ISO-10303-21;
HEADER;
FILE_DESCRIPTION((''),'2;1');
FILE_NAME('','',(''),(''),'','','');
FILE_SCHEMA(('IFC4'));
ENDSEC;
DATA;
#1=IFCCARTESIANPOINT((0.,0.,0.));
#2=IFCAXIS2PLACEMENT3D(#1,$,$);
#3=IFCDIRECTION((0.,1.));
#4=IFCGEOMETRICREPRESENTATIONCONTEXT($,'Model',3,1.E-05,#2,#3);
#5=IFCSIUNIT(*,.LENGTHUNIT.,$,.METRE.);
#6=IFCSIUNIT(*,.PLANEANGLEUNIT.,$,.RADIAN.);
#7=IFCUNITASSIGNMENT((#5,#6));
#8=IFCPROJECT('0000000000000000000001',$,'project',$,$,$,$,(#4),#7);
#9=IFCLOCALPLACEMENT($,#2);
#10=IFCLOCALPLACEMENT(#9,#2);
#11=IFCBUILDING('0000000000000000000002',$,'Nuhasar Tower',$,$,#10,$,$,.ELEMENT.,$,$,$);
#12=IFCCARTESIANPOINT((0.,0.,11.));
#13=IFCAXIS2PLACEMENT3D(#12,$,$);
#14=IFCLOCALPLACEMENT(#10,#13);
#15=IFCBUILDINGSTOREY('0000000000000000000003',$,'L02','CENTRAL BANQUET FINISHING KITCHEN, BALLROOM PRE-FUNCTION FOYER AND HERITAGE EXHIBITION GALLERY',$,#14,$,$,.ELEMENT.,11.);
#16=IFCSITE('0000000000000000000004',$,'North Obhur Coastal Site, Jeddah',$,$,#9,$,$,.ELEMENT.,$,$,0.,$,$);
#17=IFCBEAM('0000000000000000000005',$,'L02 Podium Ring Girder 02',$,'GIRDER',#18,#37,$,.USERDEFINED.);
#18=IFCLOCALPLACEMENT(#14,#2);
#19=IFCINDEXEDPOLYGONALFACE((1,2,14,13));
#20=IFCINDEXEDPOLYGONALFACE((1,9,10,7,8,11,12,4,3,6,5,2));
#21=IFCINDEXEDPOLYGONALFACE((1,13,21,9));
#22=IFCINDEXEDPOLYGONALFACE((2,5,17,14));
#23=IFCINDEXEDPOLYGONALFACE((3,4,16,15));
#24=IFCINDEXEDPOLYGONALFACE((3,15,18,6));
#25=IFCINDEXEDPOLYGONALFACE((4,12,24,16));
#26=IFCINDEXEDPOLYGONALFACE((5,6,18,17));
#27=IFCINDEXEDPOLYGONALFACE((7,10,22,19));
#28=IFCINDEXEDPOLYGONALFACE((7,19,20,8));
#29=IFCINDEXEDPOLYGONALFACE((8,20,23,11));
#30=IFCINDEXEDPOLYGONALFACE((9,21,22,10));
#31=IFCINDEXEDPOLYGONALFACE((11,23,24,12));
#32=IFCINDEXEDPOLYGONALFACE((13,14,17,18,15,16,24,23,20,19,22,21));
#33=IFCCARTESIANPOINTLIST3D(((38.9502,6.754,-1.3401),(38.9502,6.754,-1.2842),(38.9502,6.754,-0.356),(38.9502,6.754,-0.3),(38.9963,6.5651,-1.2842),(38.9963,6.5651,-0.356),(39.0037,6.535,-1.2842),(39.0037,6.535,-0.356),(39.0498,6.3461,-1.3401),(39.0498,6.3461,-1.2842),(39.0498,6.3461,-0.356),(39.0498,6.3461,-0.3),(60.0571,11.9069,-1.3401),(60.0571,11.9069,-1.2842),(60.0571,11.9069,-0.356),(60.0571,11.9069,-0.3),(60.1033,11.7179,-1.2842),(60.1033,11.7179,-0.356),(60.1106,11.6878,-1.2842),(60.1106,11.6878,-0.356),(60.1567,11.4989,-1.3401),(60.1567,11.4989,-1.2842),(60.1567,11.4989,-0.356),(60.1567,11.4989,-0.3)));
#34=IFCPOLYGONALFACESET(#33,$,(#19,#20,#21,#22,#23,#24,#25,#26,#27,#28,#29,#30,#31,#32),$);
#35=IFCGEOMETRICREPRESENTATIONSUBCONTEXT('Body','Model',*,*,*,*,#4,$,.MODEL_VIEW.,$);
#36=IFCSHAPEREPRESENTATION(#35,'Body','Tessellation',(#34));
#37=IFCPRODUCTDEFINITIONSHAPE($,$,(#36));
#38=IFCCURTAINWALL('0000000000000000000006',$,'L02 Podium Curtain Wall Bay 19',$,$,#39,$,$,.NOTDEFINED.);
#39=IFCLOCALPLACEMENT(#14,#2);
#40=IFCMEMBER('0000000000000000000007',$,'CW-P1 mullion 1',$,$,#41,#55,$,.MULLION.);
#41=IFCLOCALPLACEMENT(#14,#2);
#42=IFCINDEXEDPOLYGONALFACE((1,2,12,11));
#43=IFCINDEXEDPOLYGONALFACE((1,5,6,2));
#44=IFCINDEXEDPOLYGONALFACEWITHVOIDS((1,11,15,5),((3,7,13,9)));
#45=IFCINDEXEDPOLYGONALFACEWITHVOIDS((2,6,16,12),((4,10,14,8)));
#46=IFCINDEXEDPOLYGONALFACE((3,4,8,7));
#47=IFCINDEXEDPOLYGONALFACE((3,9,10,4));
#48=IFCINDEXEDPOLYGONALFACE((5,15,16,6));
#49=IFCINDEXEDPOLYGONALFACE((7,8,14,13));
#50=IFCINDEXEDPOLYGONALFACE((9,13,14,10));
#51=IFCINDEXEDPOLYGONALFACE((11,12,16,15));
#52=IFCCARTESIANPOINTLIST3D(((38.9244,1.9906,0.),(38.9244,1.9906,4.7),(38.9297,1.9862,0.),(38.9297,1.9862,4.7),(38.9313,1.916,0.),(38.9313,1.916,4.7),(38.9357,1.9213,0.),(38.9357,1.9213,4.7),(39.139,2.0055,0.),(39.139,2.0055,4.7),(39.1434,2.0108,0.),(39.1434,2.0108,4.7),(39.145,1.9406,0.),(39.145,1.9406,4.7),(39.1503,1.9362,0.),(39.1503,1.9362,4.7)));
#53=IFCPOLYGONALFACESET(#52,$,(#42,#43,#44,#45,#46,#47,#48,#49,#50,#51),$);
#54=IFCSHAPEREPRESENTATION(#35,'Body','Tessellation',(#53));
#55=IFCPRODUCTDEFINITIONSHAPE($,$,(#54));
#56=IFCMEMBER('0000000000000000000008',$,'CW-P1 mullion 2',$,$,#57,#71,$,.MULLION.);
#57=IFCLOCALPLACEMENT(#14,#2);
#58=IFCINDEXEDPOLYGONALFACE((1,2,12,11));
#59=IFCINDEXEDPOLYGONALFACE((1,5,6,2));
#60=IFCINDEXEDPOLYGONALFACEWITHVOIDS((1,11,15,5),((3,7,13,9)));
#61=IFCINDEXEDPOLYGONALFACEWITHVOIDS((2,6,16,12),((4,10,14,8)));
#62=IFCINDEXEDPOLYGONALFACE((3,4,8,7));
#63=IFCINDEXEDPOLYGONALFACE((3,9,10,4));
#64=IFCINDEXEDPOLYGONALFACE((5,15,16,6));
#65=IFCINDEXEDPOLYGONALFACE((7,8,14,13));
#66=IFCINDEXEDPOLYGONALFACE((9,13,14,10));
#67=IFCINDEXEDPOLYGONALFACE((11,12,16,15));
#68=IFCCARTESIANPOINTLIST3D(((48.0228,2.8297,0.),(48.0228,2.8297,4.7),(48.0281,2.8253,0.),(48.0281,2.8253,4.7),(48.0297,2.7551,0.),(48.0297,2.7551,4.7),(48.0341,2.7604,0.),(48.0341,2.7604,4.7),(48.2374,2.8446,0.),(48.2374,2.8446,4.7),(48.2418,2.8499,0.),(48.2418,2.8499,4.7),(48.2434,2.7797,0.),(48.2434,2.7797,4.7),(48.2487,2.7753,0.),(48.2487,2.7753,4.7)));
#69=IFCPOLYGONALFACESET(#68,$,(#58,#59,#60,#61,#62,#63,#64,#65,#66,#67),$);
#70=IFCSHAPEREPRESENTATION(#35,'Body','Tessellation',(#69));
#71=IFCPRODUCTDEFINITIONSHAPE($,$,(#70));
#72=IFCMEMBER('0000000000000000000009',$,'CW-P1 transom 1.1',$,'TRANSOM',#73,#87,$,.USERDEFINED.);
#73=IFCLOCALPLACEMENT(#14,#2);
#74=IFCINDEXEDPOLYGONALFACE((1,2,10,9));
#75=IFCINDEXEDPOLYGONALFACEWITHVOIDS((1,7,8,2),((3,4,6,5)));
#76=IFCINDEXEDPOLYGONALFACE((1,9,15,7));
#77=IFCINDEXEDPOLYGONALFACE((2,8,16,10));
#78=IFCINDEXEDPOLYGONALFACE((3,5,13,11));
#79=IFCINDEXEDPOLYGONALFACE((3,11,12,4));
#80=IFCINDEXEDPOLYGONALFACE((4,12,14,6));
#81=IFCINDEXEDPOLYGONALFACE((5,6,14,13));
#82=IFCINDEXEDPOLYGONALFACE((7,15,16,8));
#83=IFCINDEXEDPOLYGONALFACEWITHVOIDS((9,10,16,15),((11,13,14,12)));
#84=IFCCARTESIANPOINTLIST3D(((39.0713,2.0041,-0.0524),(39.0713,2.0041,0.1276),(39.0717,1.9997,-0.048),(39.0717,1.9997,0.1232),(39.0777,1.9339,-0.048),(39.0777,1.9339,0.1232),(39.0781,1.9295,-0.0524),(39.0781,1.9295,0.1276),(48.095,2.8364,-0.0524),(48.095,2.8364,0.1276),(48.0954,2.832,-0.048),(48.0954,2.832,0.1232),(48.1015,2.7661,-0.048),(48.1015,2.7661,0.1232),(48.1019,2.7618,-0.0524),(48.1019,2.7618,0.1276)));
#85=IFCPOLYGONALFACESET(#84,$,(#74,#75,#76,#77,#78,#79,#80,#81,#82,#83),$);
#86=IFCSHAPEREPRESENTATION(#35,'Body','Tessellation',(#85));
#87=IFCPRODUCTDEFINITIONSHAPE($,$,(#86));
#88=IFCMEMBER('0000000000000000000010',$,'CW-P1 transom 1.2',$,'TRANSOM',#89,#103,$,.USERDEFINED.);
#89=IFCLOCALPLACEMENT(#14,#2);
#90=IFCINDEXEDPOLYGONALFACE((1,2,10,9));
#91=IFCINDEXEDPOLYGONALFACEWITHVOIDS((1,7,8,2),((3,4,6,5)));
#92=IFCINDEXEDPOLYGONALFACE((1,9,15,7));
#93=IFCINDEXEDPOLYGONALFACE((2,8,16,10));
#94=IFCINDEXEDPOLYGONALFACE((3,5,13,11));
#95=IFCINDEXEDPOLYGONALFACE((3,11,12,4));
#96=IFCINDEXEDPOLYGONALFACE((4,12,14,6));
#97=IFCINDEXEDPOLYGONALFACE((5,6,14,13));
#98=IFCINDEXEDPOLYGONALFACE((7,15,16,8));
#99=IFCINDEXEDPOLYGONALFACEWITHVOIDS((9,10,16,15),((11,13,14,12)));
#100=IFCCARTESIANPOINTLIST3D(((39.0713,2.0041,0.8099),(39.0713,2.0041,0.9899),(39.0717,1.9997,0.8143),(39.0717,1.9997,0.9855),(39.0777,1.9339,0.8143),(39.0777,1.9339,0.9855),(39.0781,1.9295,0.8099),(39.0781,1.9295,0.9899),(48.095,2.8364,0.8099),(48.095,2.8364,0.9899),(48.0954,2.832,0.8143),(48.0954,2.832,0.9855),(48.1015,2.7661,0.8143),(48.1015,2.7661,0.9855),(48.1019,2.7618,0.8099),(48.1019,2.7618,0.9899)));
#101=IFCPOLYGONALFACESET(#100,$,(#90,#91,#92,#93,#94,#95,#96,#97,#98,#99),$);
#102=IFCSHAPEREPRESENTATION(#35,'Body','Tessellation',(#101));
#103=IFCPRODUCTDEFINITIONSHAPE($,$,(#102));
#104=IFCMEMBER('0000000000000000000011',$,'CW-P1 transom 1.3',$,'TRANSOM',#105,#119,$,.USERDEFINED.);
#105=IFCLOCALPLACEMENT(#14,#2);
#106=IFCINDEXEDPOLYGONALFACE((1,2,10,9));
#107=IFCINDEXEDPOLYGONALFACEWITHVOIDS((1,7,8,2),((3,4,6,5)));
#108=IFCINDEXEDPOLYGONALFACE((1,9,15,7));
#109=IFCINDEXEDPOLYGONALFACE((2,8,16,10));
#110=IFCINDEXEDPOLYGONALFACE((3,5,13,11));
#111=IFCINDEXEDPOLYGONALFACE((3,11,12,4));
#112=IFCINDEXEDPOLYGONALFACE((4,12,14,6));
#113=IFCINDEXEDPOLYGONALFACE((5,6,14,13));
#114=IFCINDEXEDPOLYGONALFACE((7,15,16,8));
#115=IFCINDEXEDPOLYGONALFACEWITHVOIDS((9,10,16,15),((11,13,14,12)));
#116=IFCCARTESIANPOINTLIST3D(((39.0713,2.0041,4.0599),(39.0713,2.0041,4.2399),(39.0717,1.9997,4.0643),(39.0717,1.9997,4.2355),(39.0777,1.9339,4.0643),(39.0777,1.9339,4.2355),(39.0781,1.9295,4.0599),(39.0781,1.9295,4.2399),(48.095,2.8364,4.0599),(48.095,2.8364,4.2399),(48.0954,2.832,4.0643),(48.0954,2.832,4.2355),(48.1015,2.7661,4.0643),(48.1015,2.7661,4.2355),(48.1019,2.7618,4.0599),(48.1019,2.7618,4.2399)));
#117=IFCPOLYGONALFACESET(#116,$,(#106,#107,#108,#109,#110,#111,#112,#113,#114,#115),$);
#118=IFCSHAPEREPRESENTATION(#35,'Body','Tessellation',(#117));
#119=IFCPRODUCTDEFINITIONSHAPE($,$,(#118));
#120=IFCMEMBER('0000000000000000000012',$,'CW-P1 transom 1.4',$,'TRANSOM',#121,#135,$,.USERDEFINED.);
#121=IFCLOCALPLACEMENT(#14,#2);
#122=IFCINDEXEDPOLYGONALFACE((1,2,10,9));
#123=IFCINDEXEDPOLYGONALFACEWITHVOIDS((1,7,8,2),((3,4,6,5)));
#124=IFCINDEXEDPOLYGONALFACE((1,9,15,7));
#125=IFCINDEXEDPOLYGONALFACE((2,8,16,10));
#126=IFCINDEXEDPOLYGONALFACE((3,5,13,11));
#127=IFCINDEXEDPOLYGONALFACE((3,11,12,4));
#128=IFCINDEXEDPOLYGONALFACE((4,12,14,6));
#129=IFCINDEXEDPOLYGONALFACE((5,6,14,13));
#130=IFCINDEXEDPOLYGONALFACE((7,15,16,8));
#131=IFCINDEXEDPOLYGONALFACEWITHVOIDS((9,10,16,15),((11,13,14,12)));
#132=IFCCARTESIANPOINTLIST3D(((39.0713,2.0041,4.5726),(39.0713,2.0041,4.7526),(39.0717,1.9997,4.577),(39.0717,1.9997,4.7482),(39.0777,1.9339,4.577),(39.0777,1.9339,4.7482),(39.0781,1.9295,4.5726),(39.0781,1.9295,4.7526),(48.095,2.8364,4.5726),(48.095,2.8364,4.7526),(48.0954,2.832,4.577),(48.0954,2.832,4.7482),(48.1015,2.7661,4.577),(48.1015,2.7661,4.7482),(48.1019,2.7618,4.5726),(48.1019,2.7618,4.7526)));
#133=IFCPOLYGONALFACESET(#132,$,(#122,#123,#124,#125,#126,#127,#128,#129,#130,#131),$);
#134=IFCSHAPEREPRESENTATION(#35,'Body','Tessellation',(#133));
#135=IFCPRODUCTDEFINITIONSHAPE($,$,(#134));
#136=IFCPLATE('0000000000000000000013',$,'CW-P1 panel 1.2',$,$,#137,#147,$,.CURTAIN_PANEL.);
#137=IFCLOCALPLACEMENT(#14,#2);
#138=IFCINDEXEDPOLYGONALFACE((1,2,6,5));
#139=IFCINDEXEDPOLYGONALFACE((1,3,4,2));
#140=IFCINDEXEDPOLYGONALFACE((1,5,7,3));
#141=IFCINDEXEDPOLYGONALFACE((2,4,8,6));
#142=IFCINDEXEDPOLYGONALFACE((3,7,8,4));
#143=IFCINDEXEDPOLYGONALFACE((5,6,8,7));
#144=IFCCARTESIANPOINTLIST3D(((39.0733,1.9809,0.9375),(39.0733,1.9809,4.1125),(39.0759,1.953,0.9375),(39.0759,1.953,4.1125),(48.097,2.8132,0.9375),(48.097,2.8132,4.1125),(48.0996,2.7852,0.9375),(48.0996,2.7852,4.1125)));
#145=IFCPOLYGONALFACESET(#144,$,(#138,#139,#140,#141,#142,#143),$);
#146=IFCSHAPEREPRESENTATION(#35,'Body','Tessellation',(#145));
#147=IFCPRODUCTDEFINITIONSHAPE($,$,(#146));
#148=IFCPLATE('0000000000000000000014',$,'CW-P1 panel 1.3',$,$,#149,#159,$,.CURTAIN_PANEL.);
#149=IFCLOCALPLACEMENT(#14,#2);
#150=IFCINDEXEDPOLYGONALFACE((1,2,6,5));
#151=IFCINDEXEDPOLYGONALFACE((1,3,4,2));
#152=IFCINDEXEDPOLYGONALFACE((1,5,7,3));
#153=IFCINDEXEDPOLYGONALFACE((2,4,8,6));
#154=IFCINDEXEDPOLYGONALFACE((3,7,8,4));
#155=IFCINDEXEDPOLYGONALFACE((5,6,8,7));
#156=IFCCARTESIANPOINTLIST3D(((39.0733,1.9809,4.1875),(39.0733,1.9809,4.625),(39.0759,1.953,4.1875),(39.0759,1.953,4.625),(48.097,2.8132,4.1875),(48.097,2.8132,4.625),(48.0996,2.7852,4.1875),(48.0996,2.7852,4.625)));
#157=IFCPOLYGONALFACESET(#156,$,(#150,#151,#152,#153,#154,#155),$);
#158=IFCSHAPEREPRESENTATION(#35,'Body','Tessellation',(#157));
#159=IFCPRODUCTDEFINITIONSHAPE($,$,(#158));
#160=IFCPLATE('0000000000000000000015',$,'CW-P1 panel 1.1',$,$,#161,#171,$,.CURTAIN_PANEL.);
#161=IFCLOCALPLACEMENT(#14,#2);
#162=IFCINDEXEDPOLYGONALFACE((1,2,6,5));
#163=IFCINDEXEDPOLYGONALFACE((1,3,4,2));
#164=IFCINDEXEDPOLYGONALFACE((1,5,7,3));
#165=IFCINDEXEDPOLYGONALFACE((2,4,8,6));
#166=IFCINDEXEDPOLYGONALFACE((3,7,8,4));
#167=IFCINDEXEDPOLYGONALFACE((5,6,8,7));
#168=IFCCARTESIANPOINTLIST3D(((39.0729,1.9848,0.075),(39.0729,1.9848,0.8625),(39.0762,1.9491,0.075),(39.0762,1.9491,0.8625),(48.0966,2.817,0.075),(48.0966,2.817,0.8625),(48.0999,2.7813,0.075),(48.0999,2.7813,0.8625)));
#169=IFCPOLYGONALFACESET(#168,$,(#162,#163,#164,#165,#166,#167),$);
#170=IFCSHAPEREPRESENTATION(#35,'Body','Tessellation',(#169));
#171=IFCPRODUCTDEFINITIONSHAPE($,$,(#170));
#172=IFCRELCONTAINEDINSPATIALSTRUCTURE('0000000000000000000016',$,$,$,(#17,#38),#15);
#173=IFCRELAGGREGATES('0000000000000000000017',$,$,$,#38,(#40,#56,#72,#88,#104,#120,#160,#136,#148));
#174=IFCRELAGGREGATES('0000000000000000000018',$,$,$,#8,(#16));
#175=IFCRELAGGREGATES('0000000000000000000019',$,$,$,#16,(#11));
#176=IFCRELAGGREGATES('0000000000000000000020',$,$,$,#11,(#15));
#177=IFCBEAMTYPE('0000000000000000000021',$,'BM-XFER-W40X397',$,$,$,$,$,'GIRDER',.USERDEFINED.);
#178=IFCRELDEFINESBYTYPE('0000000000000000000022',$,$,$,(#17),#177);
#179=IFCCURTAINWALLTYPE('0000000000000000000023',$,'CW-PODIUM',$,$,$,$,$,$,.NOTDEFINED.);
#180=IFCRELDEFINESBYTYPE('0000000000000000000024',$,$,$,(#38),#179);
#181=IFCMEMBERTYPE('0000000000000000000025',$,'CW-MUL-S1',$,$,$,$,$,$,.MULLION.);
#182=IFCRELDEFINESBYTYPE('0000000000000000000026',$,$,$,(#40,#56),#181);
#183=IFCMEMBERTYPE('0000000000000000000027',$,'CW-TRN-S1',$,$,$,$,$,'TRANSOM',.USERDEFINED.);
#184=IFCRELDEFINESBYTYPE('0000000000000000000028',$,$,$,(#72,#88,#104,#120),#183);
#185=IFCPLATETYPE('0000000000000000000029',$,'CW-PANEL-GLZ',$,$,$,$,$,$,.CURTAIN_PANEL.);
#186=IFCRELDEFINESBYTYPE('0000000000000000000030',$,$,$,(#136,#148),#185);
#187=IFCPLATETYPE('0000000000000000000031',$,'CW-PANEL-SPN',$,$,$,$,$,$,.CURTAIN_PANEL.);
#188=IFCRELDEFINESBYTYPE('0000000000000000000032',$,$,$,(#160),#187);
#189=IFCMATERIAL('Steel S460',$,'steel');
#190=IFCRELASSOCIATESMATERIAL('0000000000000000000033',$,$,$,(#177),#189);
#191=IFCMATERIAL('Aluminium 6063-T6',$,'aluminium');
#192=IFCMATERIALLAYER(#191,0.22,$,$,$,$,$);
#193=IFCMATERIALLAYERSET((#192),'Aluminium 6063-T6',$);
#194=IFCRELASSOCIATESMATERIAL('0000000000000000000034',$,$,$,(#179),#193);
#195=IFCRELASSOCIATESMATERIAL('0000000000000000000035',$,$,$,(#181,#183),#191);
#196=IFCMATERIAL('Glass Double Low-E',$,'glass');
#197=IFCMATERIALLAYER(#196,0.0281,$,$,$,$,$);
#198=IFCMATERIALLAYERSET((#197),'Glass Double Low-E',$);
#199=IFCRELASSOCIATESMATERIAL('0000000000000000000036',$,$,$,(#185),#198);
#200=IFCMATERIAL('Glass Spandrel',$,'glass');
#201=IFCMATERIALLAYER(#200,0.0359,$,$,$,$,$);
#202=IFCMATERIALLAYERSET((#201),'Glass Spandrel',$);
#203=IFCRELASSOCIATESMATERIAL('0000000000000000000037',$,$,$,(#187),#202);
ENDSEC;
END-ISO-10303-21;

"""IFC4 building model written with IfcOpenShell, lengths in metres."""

from ifc_helpers import new_model, si_unit, direction, frame, origin, origin_2d, place, context, subcontext, project, spatial, rectangle, hollow_rectangle, i_section, extrude, material, layer, layer_set, material_profile, profile_set, type_object, element, aggregate, save


model = new_model("IFC4")

# Units and contexts
model_context = context("Model", 3, precision=1e-05, world=origin(), true_north=direction((0.0, 1.0)))
body_context = subcontext(model_context, "Body", "Model", "MODEL_VIEW")
ifc_project = project(units=[si_unit("LENGTHUNIT", "METRE"), si_unit("PLANEANGLEUNIT", "RADIAN")], contexts=[model_context])

# Site, building, storey
site_placement = place(None, origin())
site = spatial("IfcSite", under=ifc_project, at=site_placement, Name="North Obhur Coastal Site, Jeddah", CompositionType="ELEMENT", RefElevation=0.0)
building_placement = place(site_placement, origin())
building = spatial("IfcBuilding", under=site, at=building_placement, Name="Nuhasar Tower", CompositionType="ELEMENT")
storey_placement = place(building_placement, frame((0.0, 0.0, 11.0)))
storey = spatial("IfcBuildingStorey", under=building, at=storey_placement, Name="L02", Description="CENTRAL BANQUET FINISHING KITCHEN, BALLROOM PRE-FUNCTION FOYER AND HERITAGE EXHIBITION GALLERY", CompositionType="ELEMENT", Elevation=11.0)

# Beam
ifc_material_1 = material(Name="Steel S460", Category="steel")
ifc_material_profile_1 = material_profile(ifc_material_1, i_section(OverallWidth=0.4199, OverallDepth=1.04, WebThickness=0.031, FlangeThickness=0.0559, at=origin_2d()), Name="W40X397")
ifc_profile_set_1 = profile_set([ifc_material_profile_1], Name="Steel S460")
beam_type_1 = type_object("IfcBeamType", Name="BM-XFER-W40X397", ElementType="GIRDER", PredefinedType="USERDEFINED", material=ifc_profile_set_1)
beam_1_placement = place(storey_placement, frame((39.0, 6.55, -0.8201), z_axis=(0.971469, 0.237165, 0.0), x_axis=(-0.237165, 0.971469, 0.0)))
element("IfcBeam", 1, at=beam_1_placement, inside=storey, type_object=beam_type_1, Name="L02 Podium Ring Girder 02", ObjectType="GIRDER", PredefinedType="USERDEFINED", context=body_context, shape_type="SweptSolid", body=[
    extrude(i_section(OverallWidth=0.4199, OverallDepth=1.04, WebThickness=0.031, FlangeThickness=0.0559, at=origin_2d()), origin(), (0.0, 0.0, 1.0), 21.7268),
])

# Curtain wall, members, plates
ifc_material_2 = material(Name="Aluminium 6063-T6", Category="aluminium")
ifc_layer_1 = layer(ifc_material_2, 0.22)
ifc_layer_set_1 = layer_set([ifc_layer_1], Name="Aluminium 6063-T6")
curtain_wall_type = type_object("IfcCurtainWallType", Name="CW-PODIUM", PredefinedType="NOTDEFINED", material=ifc_layer_set_1)
curtain_wall_placement = place(storey_placement, origin())
curtain_wall = element("IfcCurtainWall", 2, at=curtain_wall_placement, inside=storey, type_object=curtain_wall_type, Name="L02 Podium Curtain Wall Bay 19", PredefinedType="NOTDEFINED")
ifc_material_profile_2 = material_profile(ifc_material_2, hollow_rectangle(XDim=0.075, YDim=0.22, WallThickness=0.0049, at=origin_2d()), Name="CWM-1")
ifc_profile_set_2 = profile_set([ifc_material_profile_2], Name="Aluminium 6063-T6")
member_type_1 = type_object("IfcMemberType", Name="CW-MUL-S1", PredefinedType="MULLION", material=ifc_profile_set_2)
member_1_placement = place(storey_placement, frame((39.0374, 1.9634, 0.0), z_axis=(0.0, 0.0, 1.0), x_axis=(-0.091837, 0.995774, 0.0)))
member_1 = element("IfcMember", 3, at=member_1_placement, type_object=member_type_1, Name="CW-P1 mullion 1", PredefinedType="MULLION", context=body_context, shape_type="SweptSolid", body=[
    extrude(hollow_rectangle(XDim=0.075, YDim=0.22, WallThickness=0.0049, at=origin_2d()), origin(), (0.0, 0.0, 1.0), 4.7),
])
member_2_placement = place(storey_placement, frame((48.1357, 2.8025, 0.0), z_axis=(0.0, 0.0, 1.0), x_axis=(-0.091837, 0.995774, 0.0)))
member_2 = element("IfcMember", 4, at=member_2_placement, type_object=member_type_1, Name="CW-P1 mullion 2", PredefinedType="MULLION", context=body_context, shape_type="SweptSolid", body=[
    extrude(hollow_rectangle(XDim=0.075, YDim=0.22, WallThickness=0.0049, at=origin_2d()), origin(), (0.0, 0.0, 1.0), 4.7),
])
ifc_material_profile_3 = material_profile(ifc_material_2, hollow_rectangle(XDim=0.075, YDim=0.1799, WallThickness=0.0044, at=origin_2d()), Name="CWT-1")
ifc_profile_set_3 = profile_set([ifc_material_profile_3], Name="Aluminium 6063-T6")
member_type_2 = type_object("IfcMemberType", Name="CW-TRN-S1", ElementType="TRANSOM", PredefinedType="USERDEFINED", material=ifc_profile_set_3)
member_3_placement = place(storey_placement, frame((39.0747, 1.9668, 0.0376), z_axis=(0.995774, 0.091843, 0.0), x_axis=(-0.091843, 0.995774, 0.0)))
member_3 = element("IfcMember", 5, at=member_3_placement, type_object=member_type_2, Name="CW-P1 transom 1.1", ObjectType="TRANSOM", PredefinedType="USERDEFINED", context=body_context, shape_type="SweptSolid", body=[
    extrude(hollow_rectangle(XDim=0.075, YDim=0.1799, WallThickness=0.0044, at=origin_2d()), origin(), (0.0, 0.0, 1.0), 9.062),
])
member_4_placement = place(storey_placement, frame((39.0747, 1.9668, 0.8999), z_axis=(0.995774, 0.091843, 0.0), x_axis=(-0.091843, 0.995774, 0.0)))
member_4 = element("IfcMember", 6, at=member_4_placement, type_object=member_type_2, Name="CW-P1 transom 1.2", ObjectType="TRANSOM", PredefinedType="USERDEFINED", context=body_context, shape_type="SweptSolid", body=[
    extrude(hollow_rectangle(XDim=0.075, YDim=0.1799, WallThickness=0.0044, at=origin_2d()), origin(), (0.0, 0.0, 1.0), 9.062),
])
member_5_placement = place(storey_placement, frame((39.0747, 1.9668, 4.1499), z_axis=(0.995774, 0.091843, 0.0), x_axis=(-0.091843, 0.995774, 0.0)))
member_5 = element("IfcMember", 7, at=member_5_placement, type_object=member_type_2, Name="CW-P1 transom 1.3", ObjectType="TRANSOM", PredefinedType="USERDEFINED", context=body_context, shape_type="SweptSolid", body=[
    extrude(hollow_rectangle(XDim=0.075, YDim=0.1799, WallThickness=0.0044, at=origin_2d()), origin(), (0.0, 0.0, 1.0), 9.062),
])
member_6_placement = place(storey_placement, frame((39.0747, 1.9668, 4.6626), z_axis=(0.995774, 0.091843, 0.0), x_axis=(-0.091843, 0.995774, 0.0)))
member_6 = element("IfcMember", 8, at=member_6_placement, type_object=member_type_2, Name="CW-P1 transom 1.4", ObjectType="TRANSOM", PredefinedType="USERDEFINED", context=body_context, shape_type="SweptSolid", body=[
    extrude(hollow_rectangle(XDim=0.075, YDim=0.1799, WallThickness=0.0044, at=origin_2d()), origin(), (0.0, 0.0, 1.0), 9.062),
])
ifc_material_3 = material(Name="Glass Double Low-E", Category="glass")
ifc_layer_2 = layer(ifc_material_3, 0.0281)
ifc_layer_set_2 = layer_set([ifc_layer_2], Name="Glass Double Low-E")
plate_type_1 = type_object("IfcPlateType", Name="CW-PANEL-GLZ", PredefinedType="CURTAIN_PANEL", material=ifc_layer_set_2)
plate_1_placement = place(storey_placement, frame((43.5864, 2.3831, 0.9375), z_axis=(0.0, 0.0, 1.0), x_axis=(0.995774, 0.091837, 0.0)))
plate_1 = element("IfcPlate", 9, at=plate_1_placement, type_object=plate_type_1, Name="CW-P1 panel 1.2", PredefinedType="CURTAIN_PANEL", context=body_context, shape_type="SweptSolid", body=[
    extrude(rectangle(XDim=9.062, YDim=0.0281, at=origin_2d()), origin(), (0.0, 0.0, 1.0), 3.175),
])
plate_2_placement = place(storey_placement, frame((43.5864, 2.3831, 4.1875), z_axis=(0.0, 0.0, 1.0), x_axis=(0.995774, 0.091837, 0.0)))
plate_2 = element("IfcPlate", 10, at=plate_2_placement, type_object=plate_type_1, Name="CW-P1 panel 1.3", PredefinedType="CURTAIN_PANEL", context=body_context, shape_type="SweptSolid", body=[
    extrude(rectangle(XDim=9.062, YDim=0.0281, at=origin_2d()), origin(), (0.0, 0.0, 1.0), 0.4375),
])
ifc_material_4 = material(Name="Glass Spandrel", Category="glass")
ifc_layer_3 = layer(ifc_material_4, 0.0359)
ifc_layer_set_3 = layer_set([ifc_layer_3], Name="Glass Spandrel")
plate_type_2 = type_object("IfcPlateType", Name="CW-PANEL-SPN", PredefinedType="CURTAIN_PANEL", material=ifc_layer_set_3)
plate_3_placement = place(storey_placement, frame((43.5864, 2.3831, 0.075), z_axis=(0.0, 0.0, 1.0), x_axis=(0.995774, 0.091837, 0.0)))
plate_3 = element("IfcPlate", 11, at=plate_3_placement, type_object=plate_type_2, Name="CW-P1 panel 1.1", PredefinedType="CURTAIN_PANEL", context=body_context, shape_type="SweptSolid", body=[
    extrude(rectangle(XDim=9.062, YDim=0.0359, at=origin_2d()), origin(), (0.0, 0.0, 1.0), 0.7876),
])
aggregate(curtain_wall, [member_1, member_2, member_3, member_4, member_5, member_6, plate_3, plate_1, plate_2])

save(model, "model.ifc")
